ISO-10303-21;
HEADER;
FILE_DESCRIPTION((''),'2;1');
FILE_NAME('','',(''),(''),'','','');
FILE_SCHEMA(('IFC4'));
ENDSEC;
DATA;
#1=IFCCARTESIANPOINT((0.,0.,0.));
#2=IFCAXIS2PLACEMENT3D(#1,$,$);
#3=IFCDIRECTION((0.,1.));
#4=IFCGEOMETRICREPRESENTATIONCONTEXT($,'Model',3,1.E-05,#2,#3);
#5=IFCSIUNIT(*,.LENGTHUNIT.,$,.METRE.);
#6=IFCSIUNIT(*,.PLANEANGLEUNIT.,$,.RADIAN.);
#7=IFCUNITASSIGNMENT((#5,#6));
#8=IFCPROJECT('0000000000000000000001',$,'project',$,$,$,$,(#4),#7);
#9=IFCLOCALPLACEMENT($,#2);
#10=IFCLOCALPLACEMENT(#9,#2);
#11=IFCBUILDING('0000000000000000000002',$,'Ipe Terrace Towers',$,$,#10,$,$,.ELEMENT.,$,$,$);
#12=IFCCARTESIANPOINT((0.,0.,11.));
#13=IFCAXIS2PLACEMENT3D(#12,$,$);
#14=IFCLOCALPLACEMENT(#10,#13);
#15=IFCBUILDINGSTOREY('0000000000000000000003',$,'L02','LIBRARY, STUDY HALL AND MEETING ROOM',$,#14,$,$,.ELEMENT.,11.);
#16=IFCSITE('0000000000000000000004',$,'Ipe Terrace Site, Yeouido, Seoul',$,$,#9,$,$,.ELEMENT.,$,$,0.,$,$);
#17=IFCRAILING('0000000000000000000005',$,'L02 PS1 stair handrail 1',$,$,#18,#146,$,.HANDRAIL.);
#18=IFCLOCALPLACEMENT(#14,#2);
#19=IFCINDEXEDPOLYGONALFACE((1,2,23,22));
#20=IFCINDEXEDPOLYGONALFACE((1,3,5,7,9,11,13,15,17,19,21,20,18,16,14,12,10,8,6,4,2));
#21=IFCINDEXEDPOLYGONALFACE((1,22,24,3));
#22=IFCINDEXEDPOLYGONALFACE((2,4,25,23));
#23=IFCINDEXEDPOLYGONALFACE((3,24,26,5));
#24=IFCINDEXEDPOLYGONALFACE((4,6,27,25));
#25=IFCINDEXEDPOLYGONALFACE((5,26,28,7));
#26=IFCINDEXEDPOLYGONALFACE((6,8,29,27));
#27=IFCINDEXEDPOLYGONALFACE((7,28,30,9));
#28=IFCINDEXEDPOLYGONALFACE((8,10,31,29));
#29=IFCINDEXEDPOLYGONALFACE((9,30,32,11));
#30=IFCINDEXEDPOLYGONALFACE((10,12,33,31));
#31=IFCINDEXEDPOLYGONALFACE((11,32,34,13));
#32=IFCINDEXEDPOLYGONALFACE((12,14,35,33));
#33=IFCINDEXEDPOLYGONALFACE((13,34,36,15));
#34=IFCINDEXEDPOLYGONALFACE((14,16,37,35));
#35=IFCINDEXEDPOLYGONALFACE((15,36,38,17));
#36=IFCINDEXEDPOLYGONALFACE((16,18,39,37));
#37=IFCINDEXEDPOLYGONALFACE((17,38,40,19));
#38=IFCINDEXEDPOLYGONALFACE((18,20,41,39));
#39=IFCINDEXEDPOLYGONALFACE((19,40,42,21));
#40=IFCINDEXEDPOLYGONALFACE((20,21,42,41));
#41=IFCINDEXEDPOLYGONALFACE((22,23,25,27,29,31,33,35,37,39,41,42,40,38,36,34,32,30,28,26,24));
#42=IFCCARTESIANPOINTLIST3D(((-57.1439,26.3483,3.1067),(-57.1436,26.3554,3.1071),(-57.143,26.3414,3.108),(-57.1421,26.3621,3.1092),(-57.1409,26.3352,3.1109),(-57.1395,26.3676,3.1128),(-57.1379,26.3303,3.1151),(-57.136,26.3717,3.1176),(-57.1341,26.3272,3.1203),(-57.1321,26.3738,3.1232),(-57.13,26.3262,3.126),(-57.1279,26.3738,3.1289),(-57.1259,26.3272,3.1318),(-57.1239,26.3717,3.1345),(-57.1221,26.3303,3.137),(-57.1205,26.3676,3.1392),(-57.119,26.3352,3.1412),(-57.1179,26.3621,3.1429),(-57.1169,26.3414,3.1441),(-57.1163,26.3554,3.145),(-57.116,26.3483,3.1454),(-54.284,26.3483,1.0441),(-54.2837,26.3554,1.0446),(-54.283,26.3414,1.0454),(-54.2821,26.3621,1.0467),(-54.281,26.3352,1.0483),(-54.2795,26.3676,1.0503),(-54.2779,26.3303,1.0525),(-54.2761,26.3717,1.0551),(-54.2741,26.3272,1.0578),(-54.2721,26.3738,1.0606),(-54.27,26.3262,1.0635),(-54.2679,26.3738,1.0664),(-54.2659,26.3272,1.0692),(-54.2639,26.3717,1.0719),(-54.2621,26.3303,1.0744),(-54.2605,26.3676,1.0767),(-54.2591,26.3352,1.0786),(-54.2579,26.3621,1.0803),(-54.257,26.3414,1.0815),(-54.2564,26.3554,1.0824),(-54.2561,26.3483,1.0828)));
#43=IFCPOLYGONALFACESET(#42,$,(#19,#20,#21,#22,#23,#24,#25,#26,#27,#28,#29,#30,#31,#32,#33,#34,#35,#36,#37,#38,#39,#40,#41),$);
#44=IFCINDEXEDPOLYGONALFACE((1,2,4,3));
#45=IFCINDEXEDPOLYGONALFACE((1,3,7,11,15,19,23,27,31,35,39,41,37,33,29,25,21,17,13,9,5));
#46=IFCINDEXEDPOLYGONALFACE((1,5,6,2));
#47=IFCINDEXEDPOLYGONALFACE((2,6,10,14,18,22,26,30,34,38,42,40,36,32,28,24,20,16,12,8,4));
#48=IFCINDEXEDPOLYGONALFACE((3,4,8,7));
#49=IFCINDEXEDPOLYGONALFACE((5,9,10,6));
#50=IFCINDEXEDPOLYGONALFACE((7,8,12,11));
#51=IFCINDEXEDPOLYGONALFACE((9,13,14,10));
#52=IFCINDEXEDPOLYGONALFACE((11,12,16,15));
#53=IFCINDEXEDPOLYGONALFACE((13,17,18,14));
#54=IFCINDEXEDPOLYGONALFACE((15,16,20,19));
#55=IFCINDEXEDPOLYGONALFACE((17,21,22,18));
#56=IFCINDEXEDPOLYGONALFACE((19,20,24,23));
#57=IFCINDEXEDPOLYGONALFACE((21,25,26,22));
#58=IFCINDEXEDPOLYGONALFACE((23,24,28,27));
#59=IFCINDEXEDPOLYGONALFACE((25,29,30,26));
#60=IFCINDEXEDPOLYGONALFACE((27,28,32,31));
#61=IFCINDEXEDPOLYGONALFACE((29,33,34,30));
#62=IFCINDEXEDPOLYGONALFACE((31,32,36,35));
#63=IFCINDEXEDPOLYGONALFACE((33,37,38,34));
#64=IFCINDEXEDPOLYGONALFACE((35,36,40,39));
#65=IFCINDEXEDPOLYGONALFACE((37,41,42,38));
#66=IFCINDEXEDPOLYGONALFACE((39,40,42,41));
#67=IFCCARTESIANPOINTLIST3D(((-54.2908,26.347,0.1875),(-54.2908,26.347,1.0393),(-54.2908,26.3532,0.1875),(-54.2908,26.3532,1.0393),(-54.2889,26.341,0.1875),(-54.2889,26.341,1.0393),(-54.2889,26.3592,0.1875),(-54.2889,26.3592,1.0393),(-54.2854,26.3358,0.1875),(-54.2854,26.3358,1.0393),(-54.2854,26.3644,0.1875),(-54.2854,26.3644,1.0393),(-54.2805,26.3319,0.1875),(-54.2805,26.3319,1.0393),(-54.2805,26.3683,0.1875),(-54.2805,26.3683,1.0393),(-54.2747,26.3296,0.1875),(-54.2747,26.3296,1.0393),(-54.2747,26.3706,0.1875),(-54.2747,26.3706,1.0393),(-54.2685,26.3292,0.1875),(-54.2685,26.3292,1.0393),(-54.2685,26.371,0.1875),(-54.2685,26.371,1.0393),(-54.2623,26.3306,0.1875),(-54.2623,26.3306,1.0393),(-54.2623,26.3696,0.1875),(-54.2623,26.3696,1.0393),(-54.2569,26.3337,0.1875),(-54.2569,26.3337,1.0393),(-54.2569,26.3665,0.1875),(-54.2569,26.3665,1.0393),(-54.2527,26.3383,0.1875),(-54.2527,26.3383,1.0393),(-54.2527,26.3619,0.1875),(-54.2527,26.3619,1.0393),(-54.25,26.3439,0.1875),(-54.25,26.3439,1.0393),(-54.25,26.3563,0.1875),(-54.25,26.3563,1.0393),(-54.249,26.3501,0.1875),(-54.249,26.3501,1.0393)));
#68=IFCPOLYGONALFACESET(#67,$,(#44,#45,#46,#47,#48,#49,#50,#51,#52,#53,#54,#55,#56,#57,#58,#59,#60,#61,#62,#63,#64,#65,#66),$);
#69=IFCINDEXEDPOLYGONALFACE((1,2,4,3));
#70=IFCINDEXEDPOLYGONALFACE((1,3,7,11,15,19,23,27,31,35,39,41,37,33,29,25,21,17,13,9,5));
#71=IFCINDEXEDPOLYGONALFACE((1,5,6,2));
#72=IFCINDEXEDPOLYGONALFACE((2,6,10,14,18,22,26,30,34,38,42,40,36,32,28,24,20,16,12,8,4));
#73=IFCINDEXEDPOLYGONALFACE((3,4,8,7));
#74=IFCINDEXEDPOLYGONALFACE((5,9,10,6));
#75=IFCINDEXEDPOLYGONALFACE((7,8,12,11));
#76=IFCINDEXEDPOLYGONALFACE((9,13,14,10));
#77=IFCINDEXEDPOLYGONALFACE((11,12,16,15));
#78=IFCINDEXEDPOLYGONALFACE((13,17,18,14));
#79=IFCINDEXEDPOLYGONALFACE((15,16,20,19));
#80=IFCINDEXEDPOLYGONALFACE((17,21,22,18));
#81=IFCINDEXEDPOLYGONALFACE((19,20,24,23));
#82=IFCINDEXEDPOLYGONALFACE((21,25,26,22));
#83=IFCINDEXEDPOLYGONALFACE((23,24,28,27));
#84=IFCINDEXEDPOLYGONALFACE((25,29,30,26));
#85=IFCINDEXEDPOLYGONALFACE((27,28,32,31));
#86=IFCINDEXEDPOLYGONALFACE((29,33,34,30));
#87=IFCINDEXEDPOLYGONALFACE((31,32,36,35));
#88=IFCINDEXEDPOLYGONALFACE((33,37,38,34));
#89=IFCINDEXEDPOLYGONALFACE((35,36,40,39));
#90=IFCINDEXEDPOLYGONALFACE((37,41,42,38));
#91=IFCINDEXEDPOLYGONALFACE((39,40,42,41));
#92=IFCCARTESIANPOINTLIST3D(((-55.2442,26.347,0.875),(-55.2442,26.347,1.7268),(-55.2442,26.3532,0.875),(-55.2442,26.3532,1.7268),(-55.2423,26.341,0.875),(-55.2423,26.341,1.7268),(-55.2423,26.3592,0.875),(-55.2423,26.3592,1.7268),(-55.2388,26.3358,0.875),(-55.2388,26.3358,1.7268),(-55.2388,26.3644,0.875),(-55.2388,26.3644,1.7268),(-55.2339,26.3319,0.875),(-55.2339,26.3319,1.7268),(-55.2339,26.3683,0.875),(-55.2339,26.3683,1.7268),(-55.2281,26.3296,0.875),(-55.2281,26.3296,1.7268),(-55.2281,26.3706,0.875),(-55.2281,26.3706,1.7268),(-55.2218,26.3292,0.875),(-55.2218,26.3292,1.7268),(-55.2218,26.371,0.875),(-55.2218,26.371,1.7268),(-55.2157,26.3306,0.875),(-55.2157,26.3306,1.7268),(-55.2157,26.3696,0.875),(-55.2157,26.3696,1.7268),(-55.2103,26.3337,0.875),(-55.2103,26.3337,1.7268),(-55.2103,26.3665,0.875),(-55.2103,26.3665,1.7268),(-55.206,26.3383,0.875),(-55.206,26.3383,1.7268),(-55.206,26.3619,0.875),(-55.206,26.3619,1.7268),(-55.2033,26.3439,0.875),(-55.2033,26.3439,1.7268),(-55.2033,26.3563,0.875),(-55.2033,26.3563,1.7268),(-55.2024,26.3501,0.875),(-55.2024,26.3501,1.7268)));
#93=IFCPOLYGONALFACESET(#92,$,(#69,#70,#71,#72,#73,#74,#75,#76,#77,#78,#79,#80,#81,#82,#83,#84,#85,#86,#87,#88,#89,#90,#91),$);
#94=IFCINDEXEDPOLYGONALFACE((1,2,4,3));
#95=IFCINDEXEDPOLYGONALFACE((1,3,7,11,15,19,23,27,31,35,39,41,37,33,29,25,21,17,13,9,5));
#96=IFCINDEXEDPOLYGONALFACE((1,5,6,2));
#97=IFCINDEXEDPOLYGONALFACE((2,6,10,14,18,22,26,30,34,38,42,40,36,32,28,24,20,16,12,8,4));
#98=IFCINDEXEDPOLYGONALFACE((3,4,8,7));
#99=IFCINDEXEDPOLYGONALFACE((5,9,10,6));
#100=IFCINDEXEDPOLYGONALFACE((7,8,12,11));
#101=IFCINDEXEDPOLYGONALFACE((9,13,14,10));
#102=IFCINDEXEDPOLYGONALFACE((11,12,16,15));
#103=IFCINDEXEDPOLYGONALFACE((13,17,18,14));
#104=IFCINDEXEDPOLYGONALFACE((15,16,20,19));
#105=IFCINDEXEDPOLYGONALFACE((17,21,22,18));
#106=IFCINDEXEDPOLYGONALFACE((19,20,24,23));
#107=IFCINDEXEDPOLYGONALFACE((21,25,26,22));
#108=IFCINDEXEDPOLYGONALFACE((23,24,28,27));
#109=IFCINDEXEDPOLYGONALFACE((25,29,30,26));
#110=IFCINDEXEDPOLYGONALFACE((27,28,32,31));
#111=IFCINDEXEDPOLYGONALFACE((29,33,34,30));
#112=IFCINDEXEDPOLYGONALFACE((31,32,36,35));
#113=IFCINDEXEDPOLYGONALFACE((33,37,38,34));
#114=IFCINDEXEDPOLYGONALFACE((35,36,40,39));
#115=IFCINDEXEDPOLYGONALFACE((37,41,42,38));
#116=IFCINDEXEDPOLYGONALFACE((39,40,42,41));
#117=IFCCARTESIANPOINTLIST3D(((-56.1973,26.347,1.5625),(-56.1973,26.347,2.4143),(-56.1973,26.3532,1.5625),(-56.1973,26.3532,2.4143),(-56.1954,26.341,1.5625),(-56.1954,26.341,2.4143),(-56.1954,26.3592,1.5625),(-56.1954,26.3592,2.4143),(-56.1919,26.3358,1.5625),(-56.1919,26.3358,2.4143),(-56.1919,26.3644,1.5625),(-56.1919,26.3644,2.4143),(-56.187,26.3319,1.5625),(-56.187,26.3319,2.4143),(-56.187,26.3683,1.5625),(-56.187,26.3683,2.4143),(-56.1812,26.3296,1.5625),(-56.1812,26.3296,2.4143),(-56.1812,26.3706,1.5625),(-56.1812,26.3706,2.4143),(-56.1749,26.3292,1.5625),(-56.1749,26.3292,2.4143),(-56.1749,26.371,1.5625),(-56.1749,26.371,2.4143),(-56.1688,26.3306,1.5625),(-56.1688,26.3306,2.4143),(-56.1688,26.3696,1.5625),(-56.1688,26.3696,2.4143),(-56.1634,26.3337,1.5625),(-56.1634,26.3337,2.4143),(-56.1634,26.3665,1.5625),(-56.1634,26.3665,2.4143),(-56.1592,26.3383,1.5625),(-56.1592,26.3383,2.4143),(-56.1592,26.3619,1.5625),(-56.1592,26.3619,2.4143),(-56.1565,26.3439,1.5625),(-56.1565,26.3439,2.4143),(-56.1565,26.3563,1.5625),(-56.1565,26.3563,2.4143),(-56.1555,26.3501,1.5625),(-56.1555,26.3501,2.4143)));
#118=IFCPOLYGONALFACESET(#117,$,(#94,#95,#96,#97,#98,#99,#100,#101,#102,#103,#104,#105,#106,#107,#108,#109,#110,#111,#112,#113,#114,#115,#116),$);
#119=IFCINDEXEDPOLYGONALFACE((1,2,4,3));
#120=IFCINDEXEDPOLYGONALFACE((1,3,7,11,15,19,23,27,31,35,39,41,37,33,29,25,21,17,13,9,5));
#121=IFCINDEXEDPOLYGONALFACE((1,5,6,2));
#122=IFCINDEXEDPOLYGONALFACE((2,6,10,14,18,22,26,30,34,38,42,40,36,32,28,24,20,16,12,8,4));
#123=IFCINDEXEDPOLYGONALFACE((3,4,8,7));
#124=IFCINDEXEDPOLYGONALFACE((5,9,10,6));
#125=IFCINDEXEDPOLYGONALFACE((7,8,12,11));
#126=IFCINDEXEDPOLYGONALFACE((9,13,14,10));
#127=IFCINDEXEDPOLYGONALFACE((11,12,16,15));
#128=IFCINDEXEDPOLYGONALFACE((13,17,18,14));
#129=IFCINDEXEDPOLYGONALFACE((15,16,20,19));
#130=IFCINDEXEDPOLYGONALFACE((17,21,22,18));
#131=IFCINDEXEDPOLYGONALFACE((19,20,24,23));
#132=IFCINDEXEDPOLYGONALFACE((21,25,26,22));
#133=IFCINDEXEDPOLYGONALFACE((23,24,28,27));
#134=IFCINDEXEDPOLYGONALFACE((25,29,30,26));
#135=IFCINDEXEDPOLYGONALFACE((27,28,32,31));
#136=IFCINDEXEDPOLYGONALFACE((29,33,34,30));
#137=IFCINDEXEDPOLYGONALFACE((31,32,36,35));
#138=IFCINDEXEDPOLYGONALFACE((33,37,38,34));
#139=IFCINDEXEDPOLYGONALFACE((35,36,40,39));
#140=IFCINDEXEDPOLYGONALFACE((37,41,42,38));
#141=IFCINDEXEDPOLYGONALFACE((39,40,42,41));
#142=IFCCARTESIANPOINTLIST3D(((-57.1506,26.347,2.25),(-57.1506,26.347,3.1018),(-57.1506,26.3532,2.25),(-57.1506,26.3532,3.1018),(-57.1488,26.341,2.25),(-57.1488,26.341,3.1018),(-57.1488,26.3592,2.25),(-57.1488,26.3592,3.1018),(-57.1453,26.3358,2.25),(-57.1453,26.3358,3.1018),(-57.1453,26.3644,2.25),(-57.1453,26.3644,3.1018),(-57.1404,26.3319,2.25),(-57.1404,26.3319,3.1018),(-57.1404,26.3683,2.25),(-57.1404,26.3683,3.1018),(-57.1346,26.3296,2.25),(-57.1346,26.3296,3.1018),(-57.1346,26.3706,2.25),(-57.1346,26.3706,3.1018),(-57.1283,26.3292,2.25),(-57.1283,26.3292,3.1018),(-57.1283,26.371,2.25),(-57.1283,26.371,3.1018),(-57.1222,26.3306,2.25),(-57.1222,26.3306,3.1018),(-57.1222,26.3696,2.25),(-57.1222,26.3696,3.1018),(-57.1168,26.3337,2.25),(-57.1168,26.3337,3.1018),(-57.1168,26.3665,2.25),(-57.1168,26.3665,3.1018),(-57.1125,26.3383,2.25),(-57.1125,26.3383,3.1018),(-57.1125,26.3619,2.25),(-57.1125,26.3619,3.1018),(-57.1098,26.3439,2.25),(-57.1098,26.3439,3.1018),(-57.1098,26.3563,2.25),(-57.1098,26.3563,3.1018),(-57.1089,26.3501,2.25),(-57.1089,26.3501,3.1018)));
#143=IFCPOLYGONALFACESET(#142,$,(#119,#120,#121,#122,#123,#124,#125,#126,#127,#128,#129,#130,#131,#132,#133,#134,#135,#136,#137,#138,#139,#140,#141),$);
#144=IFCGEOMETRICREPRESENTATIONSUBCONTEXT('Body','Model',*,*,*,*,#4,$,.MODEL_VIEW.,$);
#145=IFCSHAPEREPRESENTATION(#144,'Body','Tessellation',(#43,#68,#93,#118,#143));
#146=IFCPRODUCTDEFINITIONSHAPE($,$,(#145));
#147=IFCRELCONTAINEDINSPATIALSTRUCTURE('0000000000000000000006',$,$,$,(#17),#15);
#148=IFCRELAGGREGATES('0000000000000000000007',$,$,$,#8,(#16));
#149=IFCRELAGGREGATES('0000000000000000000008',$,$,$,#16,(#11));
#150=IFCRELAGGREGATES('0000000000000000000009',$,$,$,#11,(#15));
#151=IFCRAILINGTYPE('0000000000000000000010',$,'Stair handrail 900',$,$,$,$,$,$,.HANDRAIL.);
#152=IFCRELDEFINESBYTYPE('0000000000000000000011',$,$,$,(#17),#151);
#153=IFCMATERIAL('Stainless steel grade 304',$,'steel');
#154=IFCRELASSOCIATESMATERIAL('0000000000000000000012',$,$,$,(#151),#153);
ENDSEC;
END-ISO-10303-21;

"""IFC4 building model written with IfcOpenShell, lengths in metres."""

from ifc_helpers import new_model, si_unit, direction, frame, origin, origin_2d, place, context, subcontext, project, spatial, circle, extrude, material, type_object, element, save


model = new_model("IFC4")

# Units and contexts
model_context = context("Model", 3, precision=1e-05, world=origin(), true_north=direction((0.0, 1.0)))
body_context = subcontext(model_context, "Body", "Model", "MODEL_VIEW")
ifc_project = project(units=[si_unit("LENGTHUNIT", "METRE"), si_unit("PLANEANGLEUNIT", "RADIAN")], contexts=[model_context])

# Site, building, storey
site_placement = place(None, origin())
site = spatial("IfcSite", under=ifc_project, at=site_placement, Name="Ipe Terrace Site, Yeouido, Seoul", CompositionType="ELEMENT", RefElevation=0.0)
building_placement = place(site_placement, origin())
building = spatial("IfcBuilding", under=site, at=building_placement, Name="Ipe Terrace Towers", CompositionType="ELEMENT")
storey_placement = place(building_placement, frame((0.0, 0.0, 11.0)))
storey = spatial("IfcBuildingStorey", under=building, at=storey_placement, Name="L02", Description="LIBRARY, STUDY HALL AND MEETING ROOM", CompositionType="ELEMENT", Elevation=11.0)

# Railing
ifc_material_1 = material(Name="Stainless steel grade 304", Category="steel")
railing_type_1 = type_object("IfcRailingType", Name="Stair handrail 900", PredefinedType="HANDRAIL", material=ifc_material_1)
railing_1_placement = place(storey_placement, frame((-54.27, 26.3501, 0.1875)))
element("IfcRailing", 1, at=railing_1_placement, inside=storey, type_object=railing_type_1, Name="L02 PS1 stair handrail 1", PredefinedType="HANDRAIL", context=body_context, shape_type="SweptSolid", body=[
    extrude(circle(Radius=0.0239, at=origin_2d()), frame((0.0, 0.0, 0.876), z_axis=(-0.811077, 0.0, 0.584939), x_axis=(0.0, -1.0, 0.0)), (0.0, 0.0, 1.0), 3.5261),
    extrude(circle(Radius=0.021, at=origin_2d()), origin(), (0.0, 0.0, 1.0), 0.8518),
    extrude(circle(Radius=0.021, at=origin_2d()), frame((-0.9534, 0.0, 0.6875)), (0.0, 0.0, 1.0), 0.8518),
    extrude(circle(Radius=0.021, at=origin_2d()), frame((-1.9065, 0.0, 1.375)), (0.0, 0.0, 1.0), 0.8518),
    extrude(circle(Radius=0.021, at=origin_2d()), frame((-2.8599, 0.0, 2.0625)), (0.0, 0.0, 1.0), 0.8518),
])

save(model, "model.ifc")
